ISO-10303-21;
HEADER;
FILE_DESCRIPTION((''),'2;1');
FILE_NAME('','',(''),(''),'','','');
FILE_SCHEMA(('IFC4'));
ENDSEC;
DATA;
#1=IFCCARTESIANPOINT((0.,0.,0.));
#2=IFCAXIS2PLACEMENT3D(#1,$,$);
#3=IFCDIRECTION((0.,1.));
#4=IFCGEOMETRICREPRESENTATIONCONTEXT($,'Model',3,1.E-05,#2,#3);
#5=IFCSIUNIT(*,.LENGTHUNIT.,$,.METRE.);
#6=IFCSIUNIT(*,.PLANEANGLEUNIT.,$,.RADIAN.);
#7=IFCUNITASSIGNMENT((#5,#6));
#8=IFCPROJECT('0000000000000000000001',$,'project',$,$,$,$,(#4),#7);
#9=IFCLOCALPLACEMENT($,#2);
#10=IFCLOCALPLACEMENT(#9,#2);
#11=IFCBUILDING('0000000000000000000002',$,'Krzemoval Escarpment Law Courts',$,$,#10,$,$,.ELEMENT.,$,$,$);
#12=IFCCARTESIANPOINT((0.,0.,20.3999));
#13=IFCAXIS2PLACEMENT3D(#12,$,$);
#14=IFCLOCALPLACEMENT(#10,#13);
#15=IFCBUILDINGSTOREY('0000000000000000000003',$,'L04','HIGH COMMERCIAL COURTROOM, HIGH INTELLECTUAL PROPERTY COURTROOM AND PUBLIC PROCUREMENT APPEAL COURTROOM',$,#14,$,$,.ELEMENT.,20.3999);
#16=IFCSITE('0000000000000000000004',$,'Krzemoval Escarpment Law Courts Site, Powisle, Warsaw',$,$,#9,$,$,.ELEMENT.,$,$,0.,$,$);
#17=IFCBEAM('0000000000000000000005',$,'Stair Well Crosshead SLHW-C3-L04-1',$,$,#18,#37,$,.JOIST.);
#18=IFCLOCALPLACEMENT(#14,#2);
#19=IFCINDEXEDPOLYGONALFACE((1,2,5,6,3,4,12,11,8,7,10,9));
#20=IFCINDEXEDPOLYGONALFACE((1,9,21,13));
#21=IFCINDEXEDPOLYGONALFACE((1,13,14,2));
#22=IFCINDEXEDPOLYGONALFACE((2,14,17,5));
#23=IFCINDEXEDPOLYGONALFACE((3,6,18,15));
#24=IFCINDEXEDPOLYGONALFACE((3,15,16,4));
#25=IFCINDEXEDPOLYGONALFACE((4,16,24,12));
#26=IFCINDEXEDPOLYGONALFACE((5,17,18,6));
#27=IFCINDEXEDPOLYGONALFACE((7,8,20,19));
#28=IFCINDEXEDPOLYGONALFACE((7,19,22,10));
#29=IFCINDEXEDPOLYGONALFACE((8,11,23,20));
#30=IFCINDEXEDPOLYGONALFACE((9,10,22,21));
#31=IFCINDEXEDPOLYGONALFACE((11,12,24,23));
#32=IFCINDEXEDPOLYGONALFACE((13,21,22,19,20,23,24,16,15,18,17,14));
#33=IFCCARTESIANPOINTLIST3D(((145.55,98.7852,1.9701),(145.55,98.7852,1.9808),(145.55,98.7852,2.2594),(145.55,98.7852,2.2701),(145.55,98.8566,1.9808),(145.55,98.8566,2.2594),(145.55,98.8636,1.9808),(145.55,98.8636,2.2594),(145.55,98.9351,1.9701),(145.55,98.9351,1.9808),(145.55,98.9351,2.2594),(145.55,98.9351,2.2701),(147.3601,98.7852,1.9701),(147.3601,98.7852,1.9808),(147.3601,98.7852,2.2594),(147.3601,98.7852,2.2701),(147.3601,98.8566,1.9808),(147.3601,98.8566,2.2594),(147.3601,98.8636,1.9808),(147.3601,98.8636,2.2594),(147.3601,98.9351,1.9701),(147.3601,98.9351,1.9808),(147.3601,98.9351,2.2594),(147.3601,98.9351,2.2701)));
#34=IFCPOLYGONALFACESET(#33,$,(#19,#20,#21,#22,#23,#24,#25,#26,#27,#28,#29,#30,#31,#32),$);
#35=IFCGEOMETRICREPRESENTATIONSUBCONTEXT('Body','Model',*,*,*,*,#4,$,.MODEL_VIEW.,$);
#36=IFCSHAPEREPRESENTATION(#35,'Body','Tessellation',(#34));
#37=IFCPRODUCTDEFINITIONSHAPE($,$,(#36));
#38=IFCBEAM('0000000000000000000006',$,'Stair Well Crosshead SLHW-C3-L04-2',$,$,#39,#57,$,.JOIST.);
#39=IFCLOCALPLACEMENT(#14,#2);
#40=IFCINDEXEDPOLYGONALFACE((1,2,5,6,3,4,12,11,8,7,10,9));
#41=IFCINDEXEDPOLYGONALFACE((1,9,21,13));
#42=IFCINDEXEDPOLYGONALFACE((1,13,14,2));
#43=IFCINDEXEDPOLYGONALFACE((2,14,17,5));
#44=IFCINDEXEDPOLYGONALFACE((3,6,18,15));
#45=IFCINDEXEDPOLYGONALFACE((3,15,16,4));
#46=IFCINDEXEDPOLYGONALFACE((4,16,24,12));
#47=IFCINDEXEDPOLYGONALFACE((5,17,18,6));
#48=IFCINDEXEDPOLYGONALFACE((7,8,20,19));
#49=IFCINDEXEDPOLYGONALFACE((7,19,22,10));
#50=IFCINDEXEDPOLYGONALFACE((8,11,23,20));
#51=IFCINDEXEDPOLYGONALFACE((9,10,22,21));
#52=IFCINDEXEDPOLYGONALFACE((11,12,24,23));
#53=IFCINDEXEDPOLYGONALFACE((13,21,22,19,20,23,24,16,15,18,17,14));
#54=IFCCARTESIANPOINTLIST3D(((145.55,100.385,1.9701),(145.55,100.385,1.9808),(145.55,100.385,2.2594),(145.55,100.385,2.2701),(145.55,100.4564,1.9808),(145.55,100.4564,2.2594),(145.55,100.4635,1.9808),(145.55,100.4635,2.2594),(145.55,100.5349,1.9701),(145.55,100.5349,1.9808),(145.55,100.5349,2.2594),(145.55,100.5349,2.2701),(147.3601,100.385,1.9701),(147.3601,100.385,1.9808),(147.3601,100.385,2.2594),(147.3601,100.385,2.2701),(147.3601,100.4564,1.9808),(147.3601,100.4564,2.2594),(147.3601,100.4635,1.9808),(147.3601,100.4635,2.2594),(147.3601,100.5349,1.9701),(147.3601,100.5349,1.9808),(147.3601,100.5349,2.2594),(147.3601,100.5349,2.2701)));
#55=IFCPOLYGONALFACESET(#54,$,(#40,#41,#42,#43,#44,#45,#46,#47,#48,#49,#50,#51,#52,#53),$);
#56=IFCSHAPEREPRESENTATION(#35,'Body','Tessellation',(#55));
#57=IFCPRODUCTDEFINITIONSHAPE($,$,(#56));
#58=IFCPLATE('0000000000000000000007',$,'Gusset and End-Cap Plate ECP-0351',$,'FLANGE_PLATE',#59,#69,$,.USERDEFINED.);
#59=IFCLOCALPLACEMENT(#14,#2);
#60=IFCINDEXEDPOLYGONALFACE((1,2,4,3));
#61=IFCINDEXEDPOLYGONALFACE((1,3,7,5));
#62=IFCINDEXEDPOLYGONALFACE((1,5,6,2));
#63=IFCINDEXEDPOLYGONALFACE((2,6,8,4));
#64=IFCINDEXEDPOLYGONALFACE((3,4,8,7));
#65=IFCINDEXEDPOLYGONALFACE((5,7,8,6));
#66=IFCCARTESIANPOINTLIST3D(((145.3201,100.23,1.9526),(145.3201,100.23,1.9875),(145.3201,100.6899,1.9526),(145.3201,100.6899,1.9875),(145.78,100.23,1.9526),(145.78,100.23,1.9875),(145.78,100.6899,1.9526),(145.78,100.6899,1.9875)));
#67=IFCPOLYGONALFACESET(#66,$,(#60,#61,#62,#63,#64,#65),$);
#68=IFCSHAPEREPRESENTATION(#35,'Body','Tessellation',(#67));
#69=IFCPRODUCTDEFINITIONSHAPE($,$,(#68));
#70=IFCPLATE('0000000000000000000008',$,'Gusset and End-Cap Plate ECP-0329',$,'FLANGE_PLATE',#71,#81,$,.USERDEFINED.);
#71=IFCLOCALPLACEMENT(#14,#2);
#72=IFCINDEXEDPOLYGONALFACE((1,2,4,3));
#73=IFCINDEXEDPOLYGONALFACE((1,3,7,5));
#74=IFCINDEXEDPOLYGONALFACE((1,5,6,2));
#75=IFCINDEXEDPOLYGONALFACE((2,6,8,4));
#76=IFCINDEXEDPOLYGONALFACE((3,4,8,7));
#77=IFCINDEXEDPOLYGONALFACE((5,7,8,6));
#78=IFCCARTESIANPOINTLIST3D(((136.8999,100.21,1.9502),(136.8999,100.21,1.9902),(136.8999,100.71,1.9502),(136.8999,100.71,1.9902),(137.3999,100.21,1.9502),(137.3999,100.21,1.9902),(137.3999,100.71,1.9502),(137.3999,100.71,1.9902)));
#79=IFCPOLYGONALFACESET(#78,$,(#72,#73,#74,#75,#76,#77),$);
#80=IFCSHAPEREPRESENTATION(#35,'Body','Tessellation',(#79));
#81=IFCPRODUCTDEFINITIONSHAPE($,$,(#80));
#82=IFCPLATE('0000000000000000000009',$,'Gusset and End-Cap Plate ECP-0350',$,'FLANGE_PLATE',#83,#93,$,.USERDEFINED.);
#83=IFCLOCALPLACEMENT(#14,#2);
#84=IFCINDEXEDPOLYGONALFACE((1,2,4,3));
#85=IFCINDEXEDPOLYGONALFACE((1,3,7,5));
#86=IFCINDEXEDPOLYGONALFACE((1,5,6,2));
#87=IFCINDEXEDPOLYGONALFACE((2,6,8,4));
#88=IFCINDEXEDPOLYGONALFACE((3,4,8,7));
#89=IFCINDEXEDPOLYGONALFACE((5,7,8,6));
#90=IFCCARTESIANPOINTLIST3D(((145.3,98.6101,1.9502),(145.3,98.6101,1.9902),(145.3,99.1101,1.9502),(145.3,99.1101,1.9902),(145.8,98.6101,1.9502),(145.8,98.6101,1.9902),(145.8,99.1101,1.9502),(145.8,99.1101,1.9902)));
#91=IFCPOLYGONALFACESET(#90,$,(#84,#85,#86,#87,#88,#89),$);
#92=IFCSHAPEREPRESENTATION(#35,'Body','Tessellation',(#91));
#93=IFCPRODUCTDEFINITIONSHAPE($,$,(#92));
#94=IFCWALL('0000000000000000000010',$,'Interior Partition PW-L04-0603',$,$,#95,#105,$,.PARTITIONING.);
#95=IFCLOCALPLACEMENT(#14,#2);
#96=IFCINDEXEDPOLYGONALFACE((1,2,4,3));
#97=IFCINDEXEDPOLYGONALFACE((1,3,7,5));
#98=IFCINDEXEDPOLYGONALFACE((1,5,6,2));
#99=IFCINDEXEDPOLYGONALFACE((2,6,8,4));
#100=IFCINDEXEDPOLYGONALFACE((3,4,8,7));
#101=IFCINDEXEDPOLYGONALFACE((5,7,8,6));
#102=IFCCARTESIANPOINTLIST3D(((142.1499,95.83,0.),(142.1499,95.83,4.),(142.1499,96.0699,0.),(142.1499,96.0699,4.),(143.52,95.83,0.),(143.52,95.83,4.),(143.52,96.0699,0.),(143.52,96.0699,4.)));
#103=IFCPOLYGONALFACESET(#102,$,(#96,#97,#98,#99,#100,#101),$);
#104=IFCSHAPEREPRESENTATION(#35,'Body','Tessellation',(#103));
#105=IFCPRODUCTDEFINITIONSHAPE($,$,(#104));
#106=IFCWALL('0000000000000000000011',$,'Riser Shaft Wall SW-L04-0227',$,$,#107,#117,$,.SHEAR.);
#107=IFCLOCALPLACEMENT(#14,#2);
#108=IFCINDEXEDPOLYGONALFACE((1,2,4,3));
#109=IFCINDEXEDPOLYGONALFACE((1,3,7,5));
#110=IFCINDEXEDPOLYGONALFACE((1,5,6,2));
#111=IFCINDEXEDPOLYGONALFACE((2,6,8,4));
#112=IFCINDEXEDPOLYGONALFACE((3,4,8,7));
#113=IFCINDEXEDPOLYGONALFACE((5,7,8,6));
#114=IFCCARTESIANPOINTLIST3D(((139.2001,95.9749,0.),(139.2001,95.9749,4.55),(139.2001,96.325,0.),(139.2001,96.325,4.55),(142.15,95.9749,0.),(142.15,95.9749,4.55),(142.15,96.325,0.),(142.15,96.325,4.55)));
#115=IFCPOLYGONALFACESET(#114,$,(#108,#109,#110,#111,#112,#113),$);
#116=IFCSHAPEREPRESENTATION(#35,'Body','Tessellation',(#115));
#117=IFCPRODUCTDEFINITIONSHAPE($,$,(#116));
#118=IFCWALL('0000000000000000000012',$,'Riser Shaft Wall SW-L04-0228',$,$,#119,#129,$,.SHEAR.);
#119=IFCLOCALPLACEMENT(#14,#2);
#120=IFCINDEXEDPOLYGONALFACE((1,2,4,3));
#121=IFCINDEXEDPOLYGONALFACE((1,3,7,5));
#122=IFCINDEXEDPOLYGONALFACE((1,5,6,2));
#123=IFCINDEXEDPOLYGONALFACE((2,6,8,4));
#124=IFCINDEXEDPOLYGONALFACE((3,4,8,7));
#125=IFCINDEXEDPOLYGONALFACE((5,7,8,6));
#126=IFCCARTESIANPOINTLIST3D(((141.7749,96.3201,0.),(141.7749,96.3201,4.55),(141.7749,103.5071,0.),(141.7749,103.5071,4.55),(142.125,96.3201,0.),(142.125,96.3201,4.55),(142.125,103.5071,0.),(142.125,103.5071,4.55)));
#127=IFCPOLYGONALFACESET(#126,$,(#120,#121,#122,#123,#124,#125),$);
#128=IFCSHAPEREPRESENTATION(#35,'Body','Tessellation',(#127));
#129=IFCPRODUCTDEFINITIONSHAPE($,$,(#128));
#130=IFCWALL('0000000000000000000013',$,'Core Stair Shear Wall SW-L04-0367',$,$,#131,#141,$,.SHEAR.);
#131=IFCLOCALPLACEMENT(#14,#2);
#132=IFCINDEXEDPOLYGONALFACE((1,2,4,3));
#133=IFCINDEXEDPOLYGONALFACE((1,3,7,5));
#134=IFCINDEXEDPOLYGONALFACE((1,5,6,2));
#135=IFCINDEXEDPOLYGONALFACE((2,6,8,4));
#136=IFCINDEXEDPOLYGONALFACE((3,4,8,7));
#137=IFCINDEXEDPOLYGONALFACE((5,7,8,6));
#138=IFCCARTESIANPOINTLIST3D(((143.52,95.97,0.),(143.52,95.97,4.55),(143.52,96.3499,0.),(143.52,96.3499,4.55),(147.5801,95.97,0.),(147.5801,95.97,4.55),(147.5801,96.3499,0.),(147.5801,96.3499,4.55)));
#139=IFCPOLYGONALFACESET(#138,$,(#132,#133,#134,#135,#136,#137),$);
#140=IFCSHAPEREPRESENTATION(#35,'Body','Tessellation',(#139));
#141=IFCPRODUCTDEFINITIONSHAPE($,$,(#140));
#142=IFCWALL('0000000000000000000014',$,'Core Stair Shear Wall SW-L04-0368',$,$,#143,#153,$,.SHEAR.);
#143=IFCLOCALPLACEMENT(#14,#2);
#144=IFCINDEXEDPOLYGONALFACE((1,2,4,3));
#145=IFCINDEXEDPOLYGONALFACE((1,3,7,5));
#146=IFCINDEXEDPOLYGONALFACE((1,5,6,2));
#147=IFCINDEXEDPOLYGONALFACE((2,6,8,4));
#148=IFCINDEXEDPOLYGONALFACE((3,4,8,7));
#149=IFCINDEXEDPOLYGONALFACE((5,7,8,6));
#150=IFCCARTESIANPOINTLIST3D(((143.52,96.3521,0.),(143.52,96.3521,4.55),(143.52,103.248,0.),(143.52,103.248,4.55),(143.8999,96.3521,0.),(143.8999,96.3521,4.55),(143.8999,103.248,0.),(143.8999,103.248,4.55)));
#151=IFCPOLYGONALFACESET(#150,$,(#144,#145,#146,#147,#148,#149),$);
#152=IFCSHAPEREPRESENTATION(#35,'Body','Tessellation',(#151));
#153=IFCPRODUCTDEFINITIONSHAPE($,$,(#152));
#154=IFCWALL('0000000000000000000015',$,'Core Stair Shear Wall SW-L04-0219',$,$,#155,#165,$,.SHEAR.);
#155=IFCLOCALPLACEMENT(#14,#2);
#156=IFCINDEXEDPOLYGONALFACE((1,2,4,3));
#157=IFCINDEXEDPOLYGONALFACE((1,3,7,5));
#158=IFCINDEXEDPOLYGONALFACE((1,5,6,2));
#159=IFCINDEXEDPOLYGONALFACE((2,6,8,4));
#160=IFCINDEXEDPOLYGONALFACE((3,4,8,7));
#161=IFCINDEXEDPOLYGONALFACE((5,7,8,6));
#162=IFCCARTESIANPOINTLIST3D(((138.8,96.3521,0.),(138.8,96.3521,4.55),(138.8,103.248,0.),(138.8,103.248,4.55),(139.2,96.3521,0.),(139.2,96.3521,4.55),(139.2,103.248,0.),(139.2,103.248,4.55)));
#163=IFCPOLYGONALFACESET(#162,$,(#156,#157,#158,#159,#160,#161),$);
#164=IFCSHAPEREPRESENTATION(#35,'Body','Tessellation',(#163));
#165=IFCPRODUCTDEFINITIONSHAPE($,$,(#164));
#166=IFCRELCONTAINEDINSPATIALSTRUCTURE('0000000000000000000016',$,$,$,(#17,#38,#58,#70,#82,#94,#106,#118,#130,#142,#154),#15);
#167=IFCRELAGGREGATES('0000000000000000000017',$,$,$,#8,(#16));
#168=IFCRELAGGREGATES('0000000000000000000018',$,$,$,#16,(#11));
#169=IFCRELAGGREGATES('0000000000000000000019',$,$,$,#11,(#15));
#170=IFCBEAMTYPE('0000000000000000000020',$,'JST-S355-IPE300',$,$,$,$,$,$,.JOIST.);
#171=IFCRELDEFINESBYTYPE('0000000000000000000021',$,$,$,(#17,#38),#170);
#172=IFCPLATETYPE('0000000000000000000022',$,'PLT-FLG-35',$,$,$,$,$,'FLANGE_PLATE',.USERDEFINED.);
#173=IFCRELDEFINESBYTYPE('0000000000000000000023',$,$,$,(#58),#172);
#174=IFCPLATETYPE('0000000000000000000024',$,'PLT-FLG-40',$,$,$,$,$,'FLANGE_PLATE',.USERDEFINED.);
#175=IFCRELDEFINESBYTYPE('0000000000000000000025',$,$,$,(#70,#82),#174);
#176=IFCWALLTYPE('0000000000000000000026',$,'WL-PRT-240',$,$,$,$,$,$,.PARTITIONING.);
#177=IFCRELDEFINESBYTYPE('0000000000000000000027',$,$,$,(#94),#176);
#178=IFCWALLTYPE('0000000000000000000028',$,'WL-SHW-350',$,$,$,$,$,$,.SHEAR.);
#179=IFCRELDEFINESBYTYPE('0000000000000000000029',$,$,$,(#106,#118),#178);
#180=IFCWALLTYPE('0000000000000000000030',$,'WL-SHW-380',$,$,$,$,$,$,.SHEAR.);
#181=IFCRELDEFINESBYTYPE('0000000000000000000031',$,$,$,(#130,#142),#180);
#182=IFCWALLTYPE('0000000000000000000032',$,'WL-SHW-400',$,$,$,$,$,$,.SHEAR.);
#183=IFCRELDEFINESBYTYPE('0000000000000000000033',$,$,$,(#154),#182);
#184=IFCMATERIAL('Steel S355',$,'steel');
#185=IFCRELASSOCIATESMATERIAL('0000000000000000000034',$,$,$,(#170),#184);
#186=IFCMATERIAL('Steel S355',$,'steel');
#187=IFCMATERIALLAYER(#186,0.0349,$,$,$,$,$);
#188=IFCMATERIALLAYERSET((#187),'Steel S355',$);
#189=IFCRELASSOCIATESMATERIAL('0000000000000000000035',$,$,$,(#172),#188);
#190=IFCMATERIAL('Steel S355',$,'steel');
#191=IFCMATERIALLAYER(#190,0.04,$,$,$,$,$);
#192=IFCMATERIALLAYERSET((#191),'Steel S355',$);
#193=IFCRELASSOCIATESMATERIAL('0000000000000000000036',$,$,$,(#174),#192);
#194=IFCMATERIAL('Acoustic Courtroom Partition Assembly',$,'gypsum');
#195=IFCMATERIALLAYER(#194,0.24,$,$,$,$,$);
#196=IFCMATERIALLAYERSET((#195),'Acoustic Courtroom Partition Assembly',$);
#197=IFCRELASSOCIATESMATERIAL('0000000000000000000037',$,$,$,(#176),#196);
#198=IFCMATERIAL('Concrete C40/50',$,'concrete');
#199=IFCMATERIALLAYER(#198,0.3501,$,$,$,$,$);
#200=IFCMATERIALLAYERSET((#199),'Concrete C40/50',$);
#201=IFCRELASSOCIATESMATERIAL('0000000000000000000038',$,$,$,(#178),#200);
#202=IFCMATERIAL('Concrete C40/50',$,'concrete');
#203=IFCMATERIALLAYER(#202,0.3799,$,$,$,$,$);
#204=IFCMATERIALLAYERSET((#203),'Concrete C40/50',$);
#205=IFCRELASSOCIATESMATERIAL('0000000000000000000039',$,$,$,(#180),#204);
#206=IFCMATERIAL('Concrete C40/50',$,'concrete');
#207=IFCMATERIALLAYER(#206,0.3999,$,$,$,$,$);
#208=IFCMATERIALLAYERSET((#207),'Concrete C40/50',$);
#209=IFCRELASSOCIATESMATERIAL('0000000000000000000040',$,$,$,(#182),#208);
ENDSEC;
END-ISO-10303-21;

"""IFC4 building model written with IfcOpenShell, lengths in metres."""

from ifc_helpers import new_model, si_unit, direction, frame, frame_2d, origin, origin_2d, place, context, subcontext, project, spatial, rectangle, i_section, extrude, material, layer, layer_set, material_profile, profile_set, type_object, element, save


model = new_model("IFC4")

# Units and contexts
model_context = context("Model", 3, precision=1e-05, world=origin(), true_north=direction((0.0, 1.0)))
body_context = subcontext(model_context, "Body", "Model", "MODEL_VIEW")
ifc_project = project(units=[si_unit("LENGTHUNIT", "METRE"), si_unit("PLANEANGLEUNIT", "RADIAN")], contexts=[model_context])

# Site, building, storey
site_placement = place(None, origin())
site = spatial("IfcSite", under=ifc_project, at=site_placement, Name="Krzemoval Escarpment Law Courts Site, Powisle, Warsaw", CompositionType="ELEMENT", RefElevation=0.0)
building_placement = place(site_placement, origin())
building = spatial("IfcBuilding", under=site, at=building_placement, Name="Krzemoval Escarpment Law Courts", CompositionType="ELEMENT")
storey_placement = place(building_placement, frame((0.0, 0.0, 20.3999)))
storey = spatial("IfcBuildingStorey", under=building, at=storey_placement, Name="L04", Description="HIGH COMMERCIAL COURTROOM, HIGH INTELLECTUAL PROPERTY COURTROOM AND PUBLIC PROCUREMENT APPEAL COURTROOM", CompositionType="ELEMENT", Elevation=20.3999)

# Beams
ifc_material_1 = material(Name="Steel S355", Category="steel")
ifc_material_profile_1 = material_profile(ifc_material_1, i_section(OverallWidth=0.1499, OverallDepth=0.3, WebThickness=0.0071, FlangeThickness=0.0107, at=origin_2d()), Name="IPE 300")
ifc_profile_set_1 = profile_set([ifc_material_profile_1], Name="Steel S355")
beam_type_1 = type_object("IfcBeamType", Name="JST-S355-IPE300", PredefinedType="JOIST", material=ifc_profile_set_1)
for number, where, z_axis, x_axis, name in (
    (1, (145.55, 98.8601, 2.1201), (1.0, 0.0, 0.0), (0.0, 1.0, 0.0), "Stair Well Crosshead SLHW-C3-L04-1"),
    (2, (145.55, 100.46, 2.1201), (1.0, 0.0, 0.0), (0.0, 1.0, 0.0), "Stair Well Crosshead SLHW-C3-L04-2"),
):
    element("IfcBeam", number, at=place(storey_placement, frame(where, z_axis=z_axis, x_axis=x_axis)), inside=storey, type_object=beam_type_1, Name=name, PredefinedType="JOIST", context=body_context, shape_type="SweptSolid", body=[
        extrude(i_section(OverallWidth=0.1499, OverallDepth=0.3, WebThickness=0.0071, FlangeThickness=0.0107, at=origin_2d()), origin(), (0.0, 0.0, 1.0), 1.8101),
    ])

# Plates
ifc_material_2 = material(Name="Steel S355", Category="steel")
ifc_layer_1 = layer(ifc_material_2, 0.0349)
ifc_layer_set_1 = layer_set([ifc_layer_1], Name="Steel S355")
plate_type_1 = type_object("IfcPlateType", Name="PLT-FLG-35", ElementType="FLANGE_PLATE", PredefinedType="USERDEFINED", material=ifc_layer_set_1)
plate_placement = place(storey_placement, frame((145.55, 100.46, 1.9526), z_axis=(0.0, 0.0, 1.0), x_axis=(1.0, 0.0, 0.0)))
element("IfcPlate", 3, at=plate_placement, inside=storey, type_object=plate_type_1, Name="Gusset and End-Cap Plate ECP-0351", ObjectType="FLANGE_PLATE", PredefinedType="USERDEFINED", context=body_context, shape_type="SweptSolid", body=[
    extrude(rectangle(XDim=0.46, YDim=0.46, at=origin_2d()), origin(), (0.0, 0.0, 1.0), 0.0349),
])
ifc_material_3 = material(Name="Steel S355", Category="steel")
ifc_layer_2 = layer(ifc_material_3, 0.04)
ifc_layer_set_2 = layer_set([ifc_layer_2], Name="Steel S355")
plate_type_2 = type_object("IfcPlateType", Name="PLT-FLG-40", ElementType="FLANGE_PLATE", PredefinedType="USERDEFINED", material=ifc_layer_set_2)
for number, where, z_axis, x_axis, name in (
    (4, (137.1499, 100.46, 1.9502), (0.0, 0.0, 1.0), (1.0, 0.0, 0.0), "Gusset and End-Cap Plate ECP-0329"),
    (5, (145.55, 98.8601, 1.9502), (0.0, 0.0, 1.0), (1.0, 0.0, 0.0), "Gusset and End-Cap Plate ECP-0350"),
):
    element("IfcPlate", number, at=place(storey_placement, frame(where, z_axis=z_axis, x_axis=x_axis)), inside=storey, type_object=plate_type_2, Name=name, ObjectType="FLANGE_PLATE", PredefinedType="USERDEFINED", context=body_context, shape_type="SweptSolid", body=[
        extrude(rectangle(XDim=0.5, YDim=0.5, at=origin_2d()), origin(), (0.0, 0.0, 1.0), 0.04),
    ])

# Walls
ifc_material_4 = material(Name="Acoustic Courtroom Partition Assembly", Category="gypsum")
ifc_layer_3 = layer(ifc_material_4, 0.24)
ifc_layer_set_3 = layer_set([ifc_layer_3], Name="Acoustic Courtroom Partition Assembly")
wall_type_1 = type_object("IfcWallType", Name="WL-PRT-240", PredefinedType="PARTITIONING", material=ifc_layer_set_3)
wall_1_placement = place(storey_placement, frame((142.1499, 95.95, 0.0), z_axis=(0.0, 0.0, 1.0), x_axis=(1.0, 0.0, 0.0)))
element("IfcWall", 6, at=wall_1_placement, inside=storey, type_object=wall_type_1, Name="Interior Partition PW-L04-0603", PredefinedType="PARTITIONING", context=body_context, shape_type="SweptSolid", body=[
    extrude(rectangle(XDim=1.3701, YDim=0.24, at=frame_2d((0.6851, 0.0))), origin(), (0.0, 0.0, 1.0), 4.0),
])
ifc_material_5 = material(Name="Concrete C40/50", Category="concrete")
ifc_layer_4 = layer(ifc_material_5, 0.3501)
ifc_layer_set_4 = layer_set([ifc_layer_4], Name="Concrete C40/50")
wall_type_2 = type_object("IfcWallType", Name="WL-SHW-350", PredefinedType="SHEAR", material=ifc_layer_set_4)
wall_2_placement = place(storey_placement, frame((139.2, 96.1499, 0.0), z_axis=(0.0, 0.0, 1.0), x_axis=(1.0, 0.0, 0.0)))
element("IfcWall", 7, at=wall_2_placement, inside=storey, type_object=wall_type_2, Name="Riser Shaft Wall SW-L04-0227", PredefinedType="SHEAR", context=body_context, shape_type="SweptSolid", body=[
    extrude(rectangle(XDim=2.95, YDim=0.3501, at=frame_2d((1.4751, 0.0))), origin(), (0.0, 0.0, 1.0), 4.55),
])
wall_3_placement = place(storey_placement, frame((141.95, 96.3201, 0.0), z_axis=(0.0, 0.0, 1.0), x_axis=(0.0, 1.0, 0.0)))
element("IfcWall", 8, at=wall_3_placement, inside=storey, type_object=wall_type_2, Name="Riser Shaft Wall SW-L04-0228", PredefinedType="SHEAR", context=body_context, shape_type="SweptSolid", body=[
    extrude(rectangle(XDim=7.187, YDim=0.3501, at=frame_2d((3.5935, 0.0))), origin(), (0.0, 0.0, 1.0), 4.55),
])
ifc_material_6 = material(Name="Concrete C40/50", Category="concrete")
ifc_layer_5 = layer(ifc_material_6, 0.3799)
ifc_layer_set_5 = layer_set([ifc_layer_5], Name="Concrete C40/50")
wall_type_3 = type_object("IfcWallType", Name="WL-SHW-380", PredefinedType="SHEAR", material=ifc_layer_set_5)
wall_4_placement = place(storey_placement, frame((143.52, 96.1599, 0.0), z_axis=(0.0, 0.0, 1.0), x_axis=(1.0, 0.0, 0.0)))
element("IfcWall", 9, at=wall_4_placement, inside=storey, type_object=wall_type_3, Name="Core Stair Shear Wall SW-L04-0367", PredefinedType="SHEAR", context=body_context, shape_type="SweptSolid", body=[
    extrude(rectangle(XDim=4.0601, YDim=0.3799, at=frame_2d((2.03, 0.0))), origin(), (0.0, 0.0, 1.0), 4.55),
])
wall_5_placement = place(storey_placement, frame((143.71, 96.3521, 0.0), z_axis=(0.0, 0.0, 1.0), x_axis=(0.0, 1.0, 0.0)))
element("IfcWall", 10, at=wall_5_placement, inside=storey, type_object=wall_type_3, Name="Core Stair Shear Wall SW-L04-0368", PredefinedType="SHEAR", context=body_context, shape_type="SweptSolid", body=[
    extrude(rectangle(XDim=6.896, YDim=0.3799, at=frame_2d((3.448, 0.0))), origin(), (0.0, 0.0, 1.0), 4.55),
])
ifc_material_7 = material(Name="Concrete C40/50", Category="concrete")
ifc_layer_6 = layer(ifc_material_7, 0.3999)
ifc_layer_set_6 = layer_set([ifc_layer_6], Name="Concrete C40/50")
wall_type_4 = type_object("IfcWallType", Name="WL-SHW-400", PredefinedType="SHEAR", material=ifc_layer_set_6)
wall_6_placement = place(storey_placement, frame((139.0, 96.3521, 0.0), z_axis=(0.0, 0.0, 1.0), x_axis=(0.0, 1.0, 0.0)))
element("IfcWall", 11, at=wall_6_placement, inside=storey, type_object=wall_type_4, Name="Core Stair Shear Wall SW-L04-0219", PredefinedType="SHEAR", context=body_context, shape_type="SweptSolid", body=[
    extrude(rectangle(XDim=6.896, YDim=0.3999, at=frame_2d((3.448, 0.0))), origin(), (0.0, 0.0, 1.0), 4.55),
])

save(model, "model.ifc")
